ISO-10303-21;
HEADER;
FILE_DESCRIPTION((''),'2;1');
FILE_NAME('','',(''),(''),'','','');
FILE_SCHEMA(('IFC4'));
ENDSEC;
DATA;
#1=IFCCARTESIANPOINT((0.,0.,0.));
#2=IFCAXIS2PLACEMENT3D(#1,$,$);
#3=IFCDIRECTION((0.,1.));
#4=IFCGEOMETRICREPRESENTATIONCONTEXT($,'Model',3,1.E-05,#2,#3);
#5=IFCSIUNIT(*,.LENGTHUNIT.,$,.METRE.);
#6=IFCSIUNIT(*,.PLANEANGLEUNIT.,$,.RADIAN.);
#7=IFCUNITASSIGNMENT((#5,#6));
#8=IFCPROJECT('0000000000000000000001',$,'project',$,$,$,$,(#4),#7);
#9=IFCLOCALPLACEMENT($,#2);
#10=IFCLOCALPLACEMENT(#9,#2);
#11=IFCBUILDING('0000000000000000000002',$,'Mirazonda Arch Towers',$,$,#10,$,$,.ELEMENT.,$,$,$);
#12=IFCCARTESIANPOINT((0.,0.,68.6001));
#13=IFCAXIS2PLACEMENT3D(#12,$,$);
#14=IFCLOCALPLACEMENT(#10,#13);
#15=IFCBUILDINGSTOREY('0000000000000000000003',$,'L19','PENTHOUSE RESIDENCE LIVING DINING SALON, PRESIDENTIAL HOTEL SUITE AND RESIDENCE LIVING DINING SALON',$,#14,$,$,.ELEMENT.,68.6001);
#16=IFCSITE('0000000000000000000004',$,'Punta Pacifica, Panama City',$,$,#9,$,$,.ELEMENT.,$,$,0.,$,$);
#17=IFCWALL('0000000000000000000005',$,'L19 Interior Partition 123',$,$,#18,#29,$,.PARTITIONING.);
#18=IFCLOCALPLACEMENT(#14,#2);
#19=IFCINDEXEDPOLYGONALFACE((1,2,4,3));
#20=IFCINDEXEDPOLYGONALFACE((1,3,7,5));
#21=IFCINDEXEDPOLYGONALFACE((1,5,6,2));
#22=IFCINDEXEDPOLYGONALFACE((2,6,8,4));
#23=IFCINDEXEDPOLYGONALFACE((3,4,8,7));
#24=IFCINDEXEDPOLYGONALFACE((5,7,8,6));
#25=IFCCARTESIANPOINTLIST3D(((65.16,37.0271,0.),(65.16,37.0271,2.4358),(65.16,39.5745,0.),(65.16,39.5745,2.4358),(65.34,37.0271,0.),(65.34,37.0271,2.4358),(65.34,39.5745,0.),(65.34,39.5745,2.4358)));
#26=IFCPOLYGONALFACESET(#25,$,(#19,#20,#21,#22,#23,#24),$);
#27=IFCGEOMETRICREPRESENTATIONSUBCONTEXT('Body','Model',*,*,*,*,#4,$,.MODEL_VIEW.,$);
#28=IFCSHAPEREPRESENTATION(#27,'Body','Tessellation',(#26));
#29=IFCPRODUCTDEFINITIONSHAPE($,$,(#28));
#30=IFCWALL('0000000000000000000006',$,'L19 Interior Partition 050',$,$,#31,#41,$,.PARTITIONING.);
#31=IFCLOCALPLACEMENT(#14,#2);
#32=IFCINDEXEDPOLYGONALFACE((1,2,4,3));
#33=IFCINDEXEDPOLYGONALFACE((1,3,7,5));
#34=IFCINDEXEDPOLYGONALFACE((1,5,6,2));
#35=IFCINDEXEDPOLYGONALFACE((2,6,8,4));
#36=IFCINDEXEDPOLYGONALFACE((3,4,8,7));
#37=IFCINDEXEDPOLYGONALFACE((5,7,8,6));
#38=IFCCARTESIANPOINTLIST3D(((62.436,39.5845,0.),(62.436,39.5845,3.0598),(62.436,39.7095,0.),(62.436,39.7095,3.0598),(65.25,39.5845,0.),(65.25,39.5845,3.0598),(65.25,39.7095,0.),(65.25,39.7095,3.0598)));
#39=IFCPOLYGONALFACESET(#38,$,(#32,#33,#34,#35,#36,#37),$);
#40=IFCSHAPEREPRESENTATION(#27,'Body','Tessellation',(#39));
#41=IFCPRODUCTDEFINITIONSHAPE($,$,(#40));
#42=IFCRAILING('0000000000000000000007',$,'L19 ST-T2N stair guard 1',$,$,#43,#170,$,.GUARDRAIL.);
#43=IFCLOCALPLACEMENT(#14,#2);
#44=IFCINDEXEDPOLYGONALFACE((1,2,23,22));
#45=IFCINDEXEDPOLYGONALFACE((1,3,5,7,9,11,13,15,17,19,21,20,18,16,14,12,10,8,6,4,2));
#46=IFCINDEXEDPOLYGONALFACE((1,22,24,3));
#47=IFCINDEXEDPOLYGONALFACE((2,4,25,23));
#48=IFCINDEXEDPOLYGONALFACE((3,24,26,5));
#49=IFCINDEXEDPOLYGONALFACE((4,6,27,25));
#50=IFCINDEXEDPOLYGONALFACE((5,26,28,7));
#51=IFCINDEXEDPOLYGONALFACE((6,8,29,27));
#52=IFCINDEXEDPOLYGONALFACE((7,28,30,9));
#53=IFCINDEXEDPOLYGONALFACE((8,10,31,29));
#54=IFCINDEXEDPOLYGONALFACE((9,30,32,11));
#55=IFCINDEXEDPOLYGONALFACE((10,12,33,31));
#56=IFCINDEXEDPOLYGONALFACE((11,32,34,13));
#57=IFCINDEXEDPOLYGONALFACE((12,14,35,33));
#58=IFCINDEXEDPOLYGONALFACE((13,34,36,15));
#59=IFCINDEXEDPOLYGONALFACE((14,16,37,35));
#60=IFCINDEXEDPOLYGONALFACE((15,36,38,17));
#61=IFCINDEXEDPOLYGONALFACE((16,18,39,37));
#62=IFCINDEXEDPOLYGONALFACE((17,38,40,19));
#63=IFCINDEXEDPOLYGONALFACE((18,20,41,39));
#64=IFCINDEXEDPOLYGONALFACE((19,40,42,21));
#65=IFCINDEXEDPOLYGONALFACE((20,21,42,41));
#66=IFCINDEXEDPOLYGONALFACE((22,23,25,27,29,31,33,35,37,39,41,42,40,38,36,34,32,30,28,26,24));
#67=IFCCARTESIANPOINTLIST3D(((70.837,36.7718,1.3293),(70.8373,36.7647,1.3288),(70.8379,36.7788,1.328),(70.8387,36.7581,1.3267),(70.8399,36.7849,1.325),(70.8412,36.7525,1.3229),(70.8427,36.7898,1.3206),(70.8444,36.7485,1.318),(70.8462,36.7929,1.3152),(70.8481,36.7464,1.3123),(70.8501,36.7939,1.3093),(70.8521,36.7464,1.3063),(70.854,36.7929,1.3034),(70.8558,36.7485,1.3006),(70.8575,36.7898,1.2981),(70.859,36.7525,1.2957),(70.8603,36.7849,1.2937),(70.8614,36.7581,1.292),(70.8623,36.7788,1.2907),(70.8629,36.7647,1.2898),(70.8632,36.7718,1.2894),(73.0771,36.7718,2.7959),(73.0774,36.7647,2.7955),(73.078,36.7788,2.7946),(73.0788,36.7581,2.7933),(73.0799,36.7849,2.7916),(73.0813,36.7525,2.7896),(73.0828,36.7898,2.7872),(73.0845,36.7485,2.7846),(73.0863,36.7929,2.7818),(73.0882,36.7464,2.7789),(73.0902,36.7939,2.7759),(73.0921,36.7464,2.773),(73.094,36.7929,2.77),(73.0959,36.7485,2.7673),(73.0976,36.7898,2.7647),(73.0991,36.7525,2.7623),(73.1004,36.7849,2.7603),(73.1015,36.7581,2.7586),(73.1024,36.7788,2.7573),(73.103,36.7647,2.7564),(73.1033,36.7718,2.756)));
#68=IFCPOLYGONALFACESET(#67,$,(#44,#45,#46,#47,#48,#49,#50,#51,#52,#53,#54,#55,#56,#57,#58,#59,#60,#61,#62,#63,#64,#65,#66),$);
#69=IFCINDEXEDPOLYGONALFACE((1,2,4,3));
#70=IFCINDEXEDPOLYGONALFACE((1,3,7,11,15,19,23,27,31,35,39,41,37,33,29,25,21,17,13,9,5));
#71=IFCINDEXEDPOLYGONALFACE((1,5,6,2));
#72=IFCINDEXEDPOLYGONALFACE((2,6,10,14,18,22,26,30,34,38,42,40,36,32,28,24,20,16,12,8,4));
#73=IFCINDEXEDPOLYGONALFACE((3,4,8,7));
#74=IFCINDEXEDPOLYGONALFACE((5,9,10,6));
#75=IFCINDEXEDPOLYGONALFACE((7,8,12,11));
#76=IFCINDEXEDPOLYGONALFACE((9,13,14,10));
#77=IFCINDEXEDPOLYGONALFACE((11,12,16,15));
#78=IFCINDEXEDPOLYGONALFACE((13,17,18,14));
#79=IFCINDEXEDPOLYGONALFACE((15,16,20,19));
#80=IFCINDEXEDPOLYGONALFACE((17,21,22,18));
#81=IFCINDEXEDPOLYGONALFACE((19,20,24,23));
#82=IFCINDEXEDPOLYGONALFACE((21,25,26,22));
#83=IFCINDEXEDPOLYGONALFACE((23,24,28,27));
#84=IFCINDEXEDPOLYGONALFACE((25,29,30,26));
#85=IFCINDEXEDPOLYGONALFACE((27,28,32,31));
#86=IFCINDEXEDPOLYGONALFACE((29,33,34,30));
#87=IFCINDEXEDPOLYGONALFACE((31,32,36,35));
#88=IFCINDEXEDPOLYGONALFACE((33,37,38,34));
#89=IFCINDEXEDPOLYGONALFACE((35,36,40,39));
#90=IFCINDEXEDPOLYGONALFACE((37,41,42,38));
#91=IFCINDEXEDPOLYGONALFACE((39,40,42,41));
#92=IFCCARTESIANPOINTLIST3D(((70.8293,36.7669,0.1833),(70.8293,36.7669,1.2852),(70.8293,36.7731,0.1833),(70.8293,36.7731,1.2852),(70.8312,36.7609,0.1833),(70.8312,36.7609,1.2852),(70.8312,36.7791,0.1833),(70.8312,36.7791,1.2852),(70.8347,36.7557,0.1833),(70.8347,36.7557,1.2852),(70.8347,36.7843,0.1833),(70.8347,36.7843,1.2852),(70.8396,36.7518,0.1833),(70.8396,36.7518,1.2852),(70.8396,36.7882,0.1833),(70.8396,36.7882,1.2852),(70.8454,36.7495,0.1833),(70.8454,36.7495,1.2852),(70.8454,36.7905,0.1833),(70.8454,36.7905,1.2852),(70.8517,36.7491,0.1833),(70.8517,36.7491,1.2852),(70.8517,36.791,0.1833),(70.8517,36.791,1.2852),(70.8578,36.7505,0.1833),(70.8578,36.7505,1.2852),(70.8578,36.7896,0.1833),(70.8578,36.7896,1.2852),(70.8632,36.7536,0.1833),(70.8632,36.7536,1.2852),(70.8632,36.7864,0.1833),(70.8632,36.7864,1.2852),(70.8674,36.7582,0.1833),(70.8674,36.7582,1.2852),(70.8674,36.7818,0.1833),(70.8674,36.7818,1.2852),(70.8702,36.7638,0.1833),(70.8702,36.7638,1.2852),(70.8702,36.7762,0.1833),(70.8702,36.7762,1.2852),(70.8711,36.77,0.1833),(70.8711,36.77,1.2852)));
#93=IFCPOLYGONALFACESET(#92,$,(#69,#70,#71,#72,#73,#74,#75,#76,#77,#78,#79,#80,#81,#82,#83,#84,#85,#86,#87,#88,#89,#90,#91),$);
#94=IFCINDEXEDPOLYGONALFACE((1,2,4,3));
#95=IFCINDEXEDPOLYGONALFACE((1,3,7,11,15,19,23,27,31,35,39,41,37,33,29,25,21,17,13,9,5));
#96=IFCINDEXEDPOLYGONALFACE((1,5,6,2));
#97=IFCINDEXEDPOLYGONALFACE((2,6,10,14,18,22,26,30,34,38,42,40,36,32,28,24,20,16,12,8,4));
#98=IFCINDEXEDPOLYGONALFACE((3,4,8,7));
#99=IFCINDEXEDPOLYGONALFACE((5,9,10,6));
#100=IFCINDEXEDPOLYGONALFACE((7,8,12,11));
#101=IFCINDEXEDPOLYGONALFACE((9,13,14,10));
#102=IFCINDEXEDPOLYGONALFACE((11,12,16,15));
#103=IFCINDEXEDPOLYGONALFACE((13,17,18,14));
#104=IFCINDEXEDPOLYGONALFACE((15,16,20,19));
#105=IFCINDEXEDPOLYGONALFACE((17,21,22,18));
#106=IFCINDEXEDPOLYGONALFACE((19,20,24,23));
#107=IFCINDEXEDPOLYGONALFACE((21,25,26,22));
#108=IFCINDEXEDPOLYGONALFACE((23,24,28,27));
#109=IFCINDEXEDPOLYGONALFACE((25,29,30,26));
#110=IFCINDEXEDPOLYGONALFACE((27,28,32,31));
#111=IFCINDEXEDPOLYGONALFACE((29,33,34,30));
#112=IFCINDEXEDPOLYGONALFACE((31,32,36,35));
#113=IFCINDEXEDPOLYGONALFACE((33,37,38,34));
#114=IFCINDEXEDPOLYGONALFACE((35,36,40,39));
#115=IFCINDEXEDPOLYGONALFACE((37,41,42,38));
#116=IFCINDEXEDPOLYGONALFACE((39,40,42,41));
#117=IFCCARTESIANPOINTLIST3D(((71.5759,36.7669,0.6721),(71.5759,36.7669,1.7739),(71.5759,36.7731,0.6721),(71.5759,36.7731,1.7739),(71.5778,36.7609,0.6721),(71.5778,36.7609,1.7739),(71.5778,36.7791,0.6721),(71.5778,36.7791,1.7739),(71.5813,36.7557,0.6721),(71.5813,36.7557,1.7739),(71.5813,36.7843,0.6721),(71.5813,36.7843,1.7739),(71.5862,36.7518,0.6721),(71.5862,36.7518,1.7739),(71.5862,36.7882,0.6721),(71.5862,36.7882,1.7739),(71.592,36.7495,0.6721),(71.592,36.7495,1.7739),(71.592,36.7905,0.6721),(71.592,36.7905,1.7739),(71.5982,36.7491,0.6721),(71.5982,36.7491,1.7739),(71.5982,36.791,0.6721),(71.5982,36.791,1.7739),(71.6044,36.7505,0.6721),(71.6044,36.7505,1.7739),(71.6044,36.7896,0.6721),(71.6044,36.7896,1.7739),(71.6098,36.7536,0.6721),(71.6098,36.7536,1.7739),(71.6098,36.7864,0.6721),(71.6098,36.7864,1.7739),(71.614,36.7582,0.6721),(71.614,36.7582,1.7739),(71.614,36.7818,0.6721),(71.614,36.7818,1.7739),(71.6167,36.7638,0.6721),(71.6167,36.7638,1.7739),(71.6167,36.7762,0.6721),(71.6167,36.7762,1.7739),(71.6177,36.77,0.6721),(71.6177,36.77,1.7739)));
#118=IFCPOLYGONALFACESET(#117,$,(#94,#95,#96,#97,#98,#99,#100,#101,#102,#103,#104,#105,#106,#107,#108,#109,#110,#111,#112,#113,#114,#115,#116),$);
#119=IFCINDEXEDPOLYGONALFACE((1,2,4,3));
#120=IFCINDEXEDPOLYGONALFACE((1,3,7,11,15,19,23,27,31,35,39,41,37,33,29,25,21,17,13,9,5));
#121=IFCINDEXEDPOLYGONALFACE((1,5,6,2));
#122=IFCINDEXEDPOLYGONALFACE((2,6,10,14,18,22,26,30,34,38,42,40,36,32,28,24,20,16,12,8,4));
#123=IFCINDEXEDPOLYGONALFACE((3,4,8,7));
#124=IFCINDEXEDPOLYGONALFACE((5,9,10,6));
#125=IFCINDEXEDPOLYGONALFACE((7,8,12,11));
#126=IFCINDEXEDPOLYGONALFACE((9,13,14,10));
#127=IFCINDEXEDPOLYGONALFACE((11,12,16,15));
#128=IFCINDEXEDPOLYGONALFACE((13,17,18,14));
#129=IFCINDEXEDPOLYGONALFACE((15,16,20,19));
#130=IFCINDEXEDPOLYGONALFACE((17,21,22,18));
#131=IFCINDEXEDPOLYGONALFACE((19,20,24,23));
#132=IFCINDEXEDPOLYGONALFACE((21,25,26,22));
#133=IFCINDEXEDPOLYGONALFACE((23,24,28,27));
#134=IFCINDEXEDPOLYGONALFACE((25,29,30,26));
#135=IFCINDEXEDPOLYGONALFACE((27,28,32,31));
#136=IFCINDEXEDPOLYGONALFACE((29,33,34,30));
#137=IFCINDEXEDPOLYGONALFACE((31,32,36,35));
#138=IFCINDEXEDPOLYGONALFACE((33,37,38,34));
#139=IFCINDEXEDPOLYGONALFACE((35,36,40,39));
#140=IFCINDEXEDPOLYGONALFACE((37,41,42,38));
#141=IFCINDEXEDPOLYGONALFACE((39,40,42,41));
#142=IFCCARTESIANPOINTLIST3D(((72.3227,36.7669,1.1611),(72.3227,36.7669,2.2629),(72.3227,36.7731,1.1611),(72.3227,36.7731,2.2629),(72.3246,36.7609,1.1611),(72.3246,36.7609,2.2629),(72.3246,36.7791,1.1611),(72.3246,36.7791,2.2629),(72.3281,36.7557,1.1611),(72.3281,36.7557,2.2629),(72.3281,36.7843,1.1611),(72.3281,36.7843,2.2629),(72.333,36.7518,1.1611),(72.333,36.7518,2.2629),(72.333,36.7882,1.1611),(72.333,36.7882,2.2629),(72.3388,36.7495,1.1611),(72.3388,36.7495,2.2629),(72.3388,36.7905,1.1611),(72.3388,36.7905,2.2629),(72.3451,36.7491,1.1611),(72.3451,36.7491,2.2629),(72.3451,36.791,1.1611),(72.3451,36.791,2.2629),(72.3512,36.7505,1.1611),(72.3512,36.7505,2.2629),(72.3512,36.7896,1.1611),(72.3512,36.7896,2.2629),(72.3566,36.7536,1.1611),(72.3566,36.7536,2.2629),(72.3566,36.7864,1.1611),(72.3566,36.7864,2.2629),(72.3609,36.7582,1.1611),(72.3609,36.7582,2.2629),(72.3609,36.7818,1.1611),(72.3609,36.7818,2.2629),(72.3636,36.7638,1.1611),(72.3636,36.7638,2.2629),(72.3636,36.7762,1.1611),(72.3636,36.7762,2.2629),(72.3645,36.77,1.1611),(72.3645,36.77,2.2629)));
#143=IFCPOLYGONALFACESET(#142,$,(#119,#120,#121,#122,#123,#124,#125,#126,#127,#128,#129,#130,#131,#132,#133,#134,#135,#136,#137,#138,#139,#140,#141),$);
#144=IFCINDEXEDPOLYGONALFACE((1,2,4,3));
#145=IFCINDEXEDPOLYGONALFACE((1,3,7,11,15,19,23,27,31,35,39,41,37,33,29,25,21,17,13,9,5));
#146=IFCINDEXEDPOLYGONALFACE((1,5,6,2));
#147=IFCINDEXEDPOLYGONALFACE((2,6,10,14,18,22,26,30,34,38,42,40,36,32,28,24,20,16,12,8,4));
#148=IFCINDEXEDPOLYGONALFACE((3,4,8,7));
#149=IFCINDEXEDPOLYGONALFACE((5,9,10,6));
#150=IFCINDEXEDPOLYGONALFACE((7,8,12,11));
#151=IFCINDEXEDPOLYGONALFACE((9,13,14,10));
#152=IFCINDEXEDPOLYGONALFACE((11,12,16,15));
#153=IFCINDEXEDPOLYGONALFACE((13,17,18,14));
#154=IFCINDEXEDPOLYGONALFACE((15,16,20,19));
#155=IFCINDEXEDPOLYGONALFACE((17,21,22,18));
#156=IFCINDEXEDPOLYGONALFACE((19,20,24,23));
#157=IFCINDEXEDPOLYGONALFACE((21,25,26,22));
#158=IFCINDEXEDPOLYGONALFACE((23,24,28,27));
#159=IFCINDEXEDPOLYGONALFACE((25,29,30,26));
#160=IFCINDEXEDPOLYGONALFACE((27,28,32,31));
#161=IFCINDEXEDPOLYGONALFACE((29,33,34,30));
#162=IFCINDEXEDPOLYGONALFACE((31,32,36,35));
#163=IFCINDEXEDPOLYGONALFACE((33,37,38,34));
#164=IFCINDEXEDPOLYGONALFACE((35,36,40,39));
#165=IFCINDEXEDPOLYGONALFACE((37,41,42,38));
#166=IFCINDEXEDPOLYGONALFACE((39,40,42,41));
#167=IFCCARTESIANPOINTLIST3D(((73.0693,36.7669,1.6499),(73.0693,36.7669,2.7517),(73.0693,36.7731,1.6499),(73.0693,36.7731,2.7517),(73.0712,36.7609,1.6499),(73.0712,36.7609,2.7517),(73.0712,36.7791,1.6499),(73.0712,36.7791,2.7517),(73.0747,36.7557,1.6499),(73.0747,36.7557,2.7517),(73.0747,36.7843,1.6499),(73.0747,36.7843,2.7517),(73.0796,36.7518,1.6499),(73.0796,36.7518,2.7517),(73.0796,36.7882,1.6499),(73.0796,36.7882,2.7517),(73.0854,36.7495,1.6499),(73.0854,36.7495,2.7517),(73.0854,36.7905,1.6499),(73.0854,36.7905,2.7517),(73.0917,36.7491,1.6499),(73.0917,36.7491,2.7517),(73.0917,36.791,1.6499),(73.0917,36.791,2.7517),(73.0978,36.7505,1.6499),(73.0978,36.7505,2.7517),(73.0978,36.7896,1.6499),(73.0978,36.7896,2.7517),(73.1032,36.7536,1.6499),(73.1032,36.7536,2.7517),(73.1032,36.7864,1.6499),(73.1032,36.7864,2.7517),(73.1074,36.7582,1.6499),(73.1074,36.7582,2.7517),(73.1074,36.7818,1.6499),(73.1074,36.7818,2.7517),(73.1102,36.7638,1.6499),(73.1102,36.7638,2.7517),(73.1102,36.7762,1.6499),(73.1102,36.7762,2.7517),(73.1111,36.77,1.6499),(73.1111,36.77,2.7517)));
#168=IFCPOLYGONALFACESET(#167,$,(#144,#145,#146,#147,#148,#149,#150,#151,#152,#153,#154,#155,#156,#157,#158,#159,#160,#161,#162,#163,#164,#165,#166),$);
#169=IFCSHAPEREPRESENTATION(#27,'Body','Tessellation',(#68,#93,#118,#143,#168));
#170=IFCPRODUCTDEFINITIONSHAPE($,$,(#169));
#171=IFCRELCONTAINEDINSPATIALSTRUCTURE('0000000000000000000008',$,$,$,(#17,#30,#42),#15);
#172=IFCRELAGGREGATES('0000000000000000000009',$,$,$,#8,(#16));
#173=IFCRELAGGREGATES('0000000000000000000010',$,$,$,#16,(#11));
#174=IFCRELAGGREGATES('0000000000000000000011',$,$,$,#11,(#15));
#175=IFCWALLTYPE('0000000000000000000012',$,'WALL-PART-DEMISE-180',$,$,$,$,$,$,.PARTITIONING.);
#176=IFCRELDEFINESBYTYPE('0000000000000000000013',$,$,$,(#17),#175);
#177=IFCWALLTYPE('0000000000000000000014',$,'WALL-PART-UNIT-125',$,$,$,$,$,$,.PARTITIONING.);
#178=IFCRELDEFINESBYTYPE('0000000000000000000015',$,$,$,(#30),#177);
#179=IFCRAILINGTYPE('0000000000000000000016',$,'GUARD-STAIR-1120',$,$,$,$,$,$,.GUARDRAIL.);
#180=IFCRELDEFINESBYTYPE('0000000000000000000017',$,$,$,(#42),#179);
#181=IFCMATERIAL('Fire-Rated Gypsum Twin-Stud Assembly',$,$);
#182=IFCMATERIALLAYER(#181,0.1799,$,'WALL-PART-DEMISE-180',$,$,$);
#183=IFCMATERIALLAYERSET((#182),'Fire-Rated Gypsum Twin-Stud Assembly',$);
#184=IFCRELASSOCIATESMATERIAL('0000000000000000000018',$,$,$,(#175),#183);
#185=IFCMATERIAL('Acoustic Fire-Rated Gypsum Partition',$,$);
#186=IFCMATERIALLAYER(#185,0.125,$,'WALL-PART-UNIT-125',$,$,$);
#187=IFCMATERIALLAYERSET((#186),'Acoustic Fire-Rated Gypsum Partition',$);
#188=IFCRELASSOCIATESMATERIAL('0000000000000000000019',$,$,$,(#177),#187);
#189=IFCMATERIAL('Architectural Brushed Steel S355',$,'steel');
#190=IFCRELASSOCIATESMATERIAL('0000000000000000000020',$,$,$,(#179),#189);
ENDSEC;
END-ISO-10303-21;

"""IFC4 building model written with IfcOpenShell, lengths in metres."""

from ifc_helpers import new_model, si_unit, direction, frame, frame_2d, origin, origin_2d, place, context, subcontext, project, spatial, rectangle, circle, extrude, material, layer, layer_set, type_object, element, save


model = new_model("IFC4")

# Units and contexts
model_context = context("Model", 3, precision=1e-05, world=origin(), true_north=direction((0.0, 1.0)))
body_context = subcontext(model_context, "Body", "Model", "MODEL_VIEW")
ifc_project = project(units=[si_unit("LENGTHUNIT", "METRE"), si_unit("PLANEANGLEUNIT", "RADIAN")], contexts=[model_context])

# Site, building, storey
site_placement = place(None, origin())
site = spatial("IfcSite", under=ifc_project, at=site_placement, Name="Punta Pacifica, Panama City", CompositionType="ELEMENT", RefElevation=0.0)
building_placement = place(site_placement, origin())
building = spatial("IfcBuilding", under=site, at=building_placement, Name="Mirazonda Arch Towers", CompositionType="ELEMENT")
storey_placement = place(building_placement, frame((0.0, 0.0, 68.6001)))
storey = spatial("IfcBuildingStorey", under=building, at=storey_placement, Name="L19", Description="PENTHOUSE RESIDENCE LIVING DINING SALON, PRESIDENTIAL HOTEL SUITE AND RESIDENCE LIVING DINING SALON", CompositionType="ELEMENT", Elevation=68.6001)

# Walls
ifc_material_1 = material(Name="Fire-Rated Gypsum Twin-Stud Assembly")
ifc_layer_1 = layer(ifc_material_1, 0.1799, Name="WALL-PART-DEMISE-180")
ifc_layer_set_1 = layer_set([ifc_layer_1], Name="Fire-Rated Gypsum Twin-Stud Assembly")
wall_type_1 = type_object("IfcWallType", Name="WALL-PART-DEMISE-180", PredefinedType="PARTITIONING", material=ifc_layer_set_1)
wall_1_placement = place(storey_placement, frame((65.25, 37.0271, 0.0), z_axis=(0.0, 0.0, 1.0), x_axis=(0.0, 1.0, 0.0)))
element("IfcWall", 1, at=wall_1_placement, inside=storey, type_object=wall_type_1, Name="L19 Interior Partition 123", PredefinedType="PARTITIONING", context=body_context, shape_type="SweptSolid", body=[
    extrude(rectangle(XDim=2.5474, YDim=0.1799, at=frame_2d((1.2737, 0.0))), origin(), (0.0, 0.0, 1.0), 2.4358),
])
ifc_material_2 = material(Name="Acoustic Fire-Rated Gypsum Partition")
ifc_layer_2 = layer(ifc_material_2, 0.125, Name="WALL-PART-UNIT-125")
ifc_layer_set_2 = layer_set([ifc_layer_2], Name="Acoustic Fire-Rated Gypsum Partition")
wall_type_2 = type_object("IfcWallType", Name="WALL-PART-UNIT-125", PredefinedType="PARTITIONING", material=ifc_layer_set_2)
wall_2_placement = place(storey_placement, frame((62.436, 39.647, 0.0), z_axis=(0.0, 0.0, 1.0), x_axis=(1.0, 0.0, 0.0)))
element("IfcWall", 2, at=wall_2_placement, inside=storey, type_object=wall_type_2, Name="L19 Interior Partition 050", PredefinedType="PARTITIONING", context=body_context, shape_type="SweptSolid", body=[
    extrude(rectangle(XDim=2.814, YDim=0.125, at=frame_2d((1.407, 0.0))), origin(), (0.0, 0.0, 1.0), 3.0598),
])

# Railing
ifc_material_3 = material(Name="Architectural Brushed Steel S355", Category="steel")
railing_type = type_object("IfcRailingType", Name="GUARD-STAIR-1120", PredefinedType="GUARDRAIL", material=ifc_material_3)
railing_1_placement = place(storey_placement, frame((70.8501, 36.77, 0.1833)))
element("IfcRailing", 3, at=railing_1_placement, inside=storey, type_object=railing_type, Name="L19 ST-T2N stair guard 1", PredefinedType="GUARDRAIL", context=body_context, shape_type="SweptSolid", body=[
    extrude(circle(Radius=0.0239, at=origin_2d()), frame((0.0, 0.0, 1.126), z_axis=(0.836637, 0.0, 0.547758), x_axis=(0.0, 1.0, 0.0)), (0.0, 0.0, 1.0), 2.6775),
    extrude(circle(Radius=0.021, at=origin_2d()), origin(), (0.0, 0.0, 1.0), 1.1018),
    extrude(circle(Radius=0.021, at=origin_2d()), frame((0.7466, 0.0, 0.4888)), (0.0, 0.0, 1.0), 1.1018),
    extrude(circle(Radius=0.021, at=origin_2d()), frame((1.4934, 0.0, 0.9778)), (0.0, 0.0, 1.0), 1.1018),
    extrude(circle(Radius=0.021, at=origin_2d()), frame((2.24, 0.0, 1.4666)), (0.0, 0.0, 1.0), 1.1018),
])

save(model, "model.ifc")
